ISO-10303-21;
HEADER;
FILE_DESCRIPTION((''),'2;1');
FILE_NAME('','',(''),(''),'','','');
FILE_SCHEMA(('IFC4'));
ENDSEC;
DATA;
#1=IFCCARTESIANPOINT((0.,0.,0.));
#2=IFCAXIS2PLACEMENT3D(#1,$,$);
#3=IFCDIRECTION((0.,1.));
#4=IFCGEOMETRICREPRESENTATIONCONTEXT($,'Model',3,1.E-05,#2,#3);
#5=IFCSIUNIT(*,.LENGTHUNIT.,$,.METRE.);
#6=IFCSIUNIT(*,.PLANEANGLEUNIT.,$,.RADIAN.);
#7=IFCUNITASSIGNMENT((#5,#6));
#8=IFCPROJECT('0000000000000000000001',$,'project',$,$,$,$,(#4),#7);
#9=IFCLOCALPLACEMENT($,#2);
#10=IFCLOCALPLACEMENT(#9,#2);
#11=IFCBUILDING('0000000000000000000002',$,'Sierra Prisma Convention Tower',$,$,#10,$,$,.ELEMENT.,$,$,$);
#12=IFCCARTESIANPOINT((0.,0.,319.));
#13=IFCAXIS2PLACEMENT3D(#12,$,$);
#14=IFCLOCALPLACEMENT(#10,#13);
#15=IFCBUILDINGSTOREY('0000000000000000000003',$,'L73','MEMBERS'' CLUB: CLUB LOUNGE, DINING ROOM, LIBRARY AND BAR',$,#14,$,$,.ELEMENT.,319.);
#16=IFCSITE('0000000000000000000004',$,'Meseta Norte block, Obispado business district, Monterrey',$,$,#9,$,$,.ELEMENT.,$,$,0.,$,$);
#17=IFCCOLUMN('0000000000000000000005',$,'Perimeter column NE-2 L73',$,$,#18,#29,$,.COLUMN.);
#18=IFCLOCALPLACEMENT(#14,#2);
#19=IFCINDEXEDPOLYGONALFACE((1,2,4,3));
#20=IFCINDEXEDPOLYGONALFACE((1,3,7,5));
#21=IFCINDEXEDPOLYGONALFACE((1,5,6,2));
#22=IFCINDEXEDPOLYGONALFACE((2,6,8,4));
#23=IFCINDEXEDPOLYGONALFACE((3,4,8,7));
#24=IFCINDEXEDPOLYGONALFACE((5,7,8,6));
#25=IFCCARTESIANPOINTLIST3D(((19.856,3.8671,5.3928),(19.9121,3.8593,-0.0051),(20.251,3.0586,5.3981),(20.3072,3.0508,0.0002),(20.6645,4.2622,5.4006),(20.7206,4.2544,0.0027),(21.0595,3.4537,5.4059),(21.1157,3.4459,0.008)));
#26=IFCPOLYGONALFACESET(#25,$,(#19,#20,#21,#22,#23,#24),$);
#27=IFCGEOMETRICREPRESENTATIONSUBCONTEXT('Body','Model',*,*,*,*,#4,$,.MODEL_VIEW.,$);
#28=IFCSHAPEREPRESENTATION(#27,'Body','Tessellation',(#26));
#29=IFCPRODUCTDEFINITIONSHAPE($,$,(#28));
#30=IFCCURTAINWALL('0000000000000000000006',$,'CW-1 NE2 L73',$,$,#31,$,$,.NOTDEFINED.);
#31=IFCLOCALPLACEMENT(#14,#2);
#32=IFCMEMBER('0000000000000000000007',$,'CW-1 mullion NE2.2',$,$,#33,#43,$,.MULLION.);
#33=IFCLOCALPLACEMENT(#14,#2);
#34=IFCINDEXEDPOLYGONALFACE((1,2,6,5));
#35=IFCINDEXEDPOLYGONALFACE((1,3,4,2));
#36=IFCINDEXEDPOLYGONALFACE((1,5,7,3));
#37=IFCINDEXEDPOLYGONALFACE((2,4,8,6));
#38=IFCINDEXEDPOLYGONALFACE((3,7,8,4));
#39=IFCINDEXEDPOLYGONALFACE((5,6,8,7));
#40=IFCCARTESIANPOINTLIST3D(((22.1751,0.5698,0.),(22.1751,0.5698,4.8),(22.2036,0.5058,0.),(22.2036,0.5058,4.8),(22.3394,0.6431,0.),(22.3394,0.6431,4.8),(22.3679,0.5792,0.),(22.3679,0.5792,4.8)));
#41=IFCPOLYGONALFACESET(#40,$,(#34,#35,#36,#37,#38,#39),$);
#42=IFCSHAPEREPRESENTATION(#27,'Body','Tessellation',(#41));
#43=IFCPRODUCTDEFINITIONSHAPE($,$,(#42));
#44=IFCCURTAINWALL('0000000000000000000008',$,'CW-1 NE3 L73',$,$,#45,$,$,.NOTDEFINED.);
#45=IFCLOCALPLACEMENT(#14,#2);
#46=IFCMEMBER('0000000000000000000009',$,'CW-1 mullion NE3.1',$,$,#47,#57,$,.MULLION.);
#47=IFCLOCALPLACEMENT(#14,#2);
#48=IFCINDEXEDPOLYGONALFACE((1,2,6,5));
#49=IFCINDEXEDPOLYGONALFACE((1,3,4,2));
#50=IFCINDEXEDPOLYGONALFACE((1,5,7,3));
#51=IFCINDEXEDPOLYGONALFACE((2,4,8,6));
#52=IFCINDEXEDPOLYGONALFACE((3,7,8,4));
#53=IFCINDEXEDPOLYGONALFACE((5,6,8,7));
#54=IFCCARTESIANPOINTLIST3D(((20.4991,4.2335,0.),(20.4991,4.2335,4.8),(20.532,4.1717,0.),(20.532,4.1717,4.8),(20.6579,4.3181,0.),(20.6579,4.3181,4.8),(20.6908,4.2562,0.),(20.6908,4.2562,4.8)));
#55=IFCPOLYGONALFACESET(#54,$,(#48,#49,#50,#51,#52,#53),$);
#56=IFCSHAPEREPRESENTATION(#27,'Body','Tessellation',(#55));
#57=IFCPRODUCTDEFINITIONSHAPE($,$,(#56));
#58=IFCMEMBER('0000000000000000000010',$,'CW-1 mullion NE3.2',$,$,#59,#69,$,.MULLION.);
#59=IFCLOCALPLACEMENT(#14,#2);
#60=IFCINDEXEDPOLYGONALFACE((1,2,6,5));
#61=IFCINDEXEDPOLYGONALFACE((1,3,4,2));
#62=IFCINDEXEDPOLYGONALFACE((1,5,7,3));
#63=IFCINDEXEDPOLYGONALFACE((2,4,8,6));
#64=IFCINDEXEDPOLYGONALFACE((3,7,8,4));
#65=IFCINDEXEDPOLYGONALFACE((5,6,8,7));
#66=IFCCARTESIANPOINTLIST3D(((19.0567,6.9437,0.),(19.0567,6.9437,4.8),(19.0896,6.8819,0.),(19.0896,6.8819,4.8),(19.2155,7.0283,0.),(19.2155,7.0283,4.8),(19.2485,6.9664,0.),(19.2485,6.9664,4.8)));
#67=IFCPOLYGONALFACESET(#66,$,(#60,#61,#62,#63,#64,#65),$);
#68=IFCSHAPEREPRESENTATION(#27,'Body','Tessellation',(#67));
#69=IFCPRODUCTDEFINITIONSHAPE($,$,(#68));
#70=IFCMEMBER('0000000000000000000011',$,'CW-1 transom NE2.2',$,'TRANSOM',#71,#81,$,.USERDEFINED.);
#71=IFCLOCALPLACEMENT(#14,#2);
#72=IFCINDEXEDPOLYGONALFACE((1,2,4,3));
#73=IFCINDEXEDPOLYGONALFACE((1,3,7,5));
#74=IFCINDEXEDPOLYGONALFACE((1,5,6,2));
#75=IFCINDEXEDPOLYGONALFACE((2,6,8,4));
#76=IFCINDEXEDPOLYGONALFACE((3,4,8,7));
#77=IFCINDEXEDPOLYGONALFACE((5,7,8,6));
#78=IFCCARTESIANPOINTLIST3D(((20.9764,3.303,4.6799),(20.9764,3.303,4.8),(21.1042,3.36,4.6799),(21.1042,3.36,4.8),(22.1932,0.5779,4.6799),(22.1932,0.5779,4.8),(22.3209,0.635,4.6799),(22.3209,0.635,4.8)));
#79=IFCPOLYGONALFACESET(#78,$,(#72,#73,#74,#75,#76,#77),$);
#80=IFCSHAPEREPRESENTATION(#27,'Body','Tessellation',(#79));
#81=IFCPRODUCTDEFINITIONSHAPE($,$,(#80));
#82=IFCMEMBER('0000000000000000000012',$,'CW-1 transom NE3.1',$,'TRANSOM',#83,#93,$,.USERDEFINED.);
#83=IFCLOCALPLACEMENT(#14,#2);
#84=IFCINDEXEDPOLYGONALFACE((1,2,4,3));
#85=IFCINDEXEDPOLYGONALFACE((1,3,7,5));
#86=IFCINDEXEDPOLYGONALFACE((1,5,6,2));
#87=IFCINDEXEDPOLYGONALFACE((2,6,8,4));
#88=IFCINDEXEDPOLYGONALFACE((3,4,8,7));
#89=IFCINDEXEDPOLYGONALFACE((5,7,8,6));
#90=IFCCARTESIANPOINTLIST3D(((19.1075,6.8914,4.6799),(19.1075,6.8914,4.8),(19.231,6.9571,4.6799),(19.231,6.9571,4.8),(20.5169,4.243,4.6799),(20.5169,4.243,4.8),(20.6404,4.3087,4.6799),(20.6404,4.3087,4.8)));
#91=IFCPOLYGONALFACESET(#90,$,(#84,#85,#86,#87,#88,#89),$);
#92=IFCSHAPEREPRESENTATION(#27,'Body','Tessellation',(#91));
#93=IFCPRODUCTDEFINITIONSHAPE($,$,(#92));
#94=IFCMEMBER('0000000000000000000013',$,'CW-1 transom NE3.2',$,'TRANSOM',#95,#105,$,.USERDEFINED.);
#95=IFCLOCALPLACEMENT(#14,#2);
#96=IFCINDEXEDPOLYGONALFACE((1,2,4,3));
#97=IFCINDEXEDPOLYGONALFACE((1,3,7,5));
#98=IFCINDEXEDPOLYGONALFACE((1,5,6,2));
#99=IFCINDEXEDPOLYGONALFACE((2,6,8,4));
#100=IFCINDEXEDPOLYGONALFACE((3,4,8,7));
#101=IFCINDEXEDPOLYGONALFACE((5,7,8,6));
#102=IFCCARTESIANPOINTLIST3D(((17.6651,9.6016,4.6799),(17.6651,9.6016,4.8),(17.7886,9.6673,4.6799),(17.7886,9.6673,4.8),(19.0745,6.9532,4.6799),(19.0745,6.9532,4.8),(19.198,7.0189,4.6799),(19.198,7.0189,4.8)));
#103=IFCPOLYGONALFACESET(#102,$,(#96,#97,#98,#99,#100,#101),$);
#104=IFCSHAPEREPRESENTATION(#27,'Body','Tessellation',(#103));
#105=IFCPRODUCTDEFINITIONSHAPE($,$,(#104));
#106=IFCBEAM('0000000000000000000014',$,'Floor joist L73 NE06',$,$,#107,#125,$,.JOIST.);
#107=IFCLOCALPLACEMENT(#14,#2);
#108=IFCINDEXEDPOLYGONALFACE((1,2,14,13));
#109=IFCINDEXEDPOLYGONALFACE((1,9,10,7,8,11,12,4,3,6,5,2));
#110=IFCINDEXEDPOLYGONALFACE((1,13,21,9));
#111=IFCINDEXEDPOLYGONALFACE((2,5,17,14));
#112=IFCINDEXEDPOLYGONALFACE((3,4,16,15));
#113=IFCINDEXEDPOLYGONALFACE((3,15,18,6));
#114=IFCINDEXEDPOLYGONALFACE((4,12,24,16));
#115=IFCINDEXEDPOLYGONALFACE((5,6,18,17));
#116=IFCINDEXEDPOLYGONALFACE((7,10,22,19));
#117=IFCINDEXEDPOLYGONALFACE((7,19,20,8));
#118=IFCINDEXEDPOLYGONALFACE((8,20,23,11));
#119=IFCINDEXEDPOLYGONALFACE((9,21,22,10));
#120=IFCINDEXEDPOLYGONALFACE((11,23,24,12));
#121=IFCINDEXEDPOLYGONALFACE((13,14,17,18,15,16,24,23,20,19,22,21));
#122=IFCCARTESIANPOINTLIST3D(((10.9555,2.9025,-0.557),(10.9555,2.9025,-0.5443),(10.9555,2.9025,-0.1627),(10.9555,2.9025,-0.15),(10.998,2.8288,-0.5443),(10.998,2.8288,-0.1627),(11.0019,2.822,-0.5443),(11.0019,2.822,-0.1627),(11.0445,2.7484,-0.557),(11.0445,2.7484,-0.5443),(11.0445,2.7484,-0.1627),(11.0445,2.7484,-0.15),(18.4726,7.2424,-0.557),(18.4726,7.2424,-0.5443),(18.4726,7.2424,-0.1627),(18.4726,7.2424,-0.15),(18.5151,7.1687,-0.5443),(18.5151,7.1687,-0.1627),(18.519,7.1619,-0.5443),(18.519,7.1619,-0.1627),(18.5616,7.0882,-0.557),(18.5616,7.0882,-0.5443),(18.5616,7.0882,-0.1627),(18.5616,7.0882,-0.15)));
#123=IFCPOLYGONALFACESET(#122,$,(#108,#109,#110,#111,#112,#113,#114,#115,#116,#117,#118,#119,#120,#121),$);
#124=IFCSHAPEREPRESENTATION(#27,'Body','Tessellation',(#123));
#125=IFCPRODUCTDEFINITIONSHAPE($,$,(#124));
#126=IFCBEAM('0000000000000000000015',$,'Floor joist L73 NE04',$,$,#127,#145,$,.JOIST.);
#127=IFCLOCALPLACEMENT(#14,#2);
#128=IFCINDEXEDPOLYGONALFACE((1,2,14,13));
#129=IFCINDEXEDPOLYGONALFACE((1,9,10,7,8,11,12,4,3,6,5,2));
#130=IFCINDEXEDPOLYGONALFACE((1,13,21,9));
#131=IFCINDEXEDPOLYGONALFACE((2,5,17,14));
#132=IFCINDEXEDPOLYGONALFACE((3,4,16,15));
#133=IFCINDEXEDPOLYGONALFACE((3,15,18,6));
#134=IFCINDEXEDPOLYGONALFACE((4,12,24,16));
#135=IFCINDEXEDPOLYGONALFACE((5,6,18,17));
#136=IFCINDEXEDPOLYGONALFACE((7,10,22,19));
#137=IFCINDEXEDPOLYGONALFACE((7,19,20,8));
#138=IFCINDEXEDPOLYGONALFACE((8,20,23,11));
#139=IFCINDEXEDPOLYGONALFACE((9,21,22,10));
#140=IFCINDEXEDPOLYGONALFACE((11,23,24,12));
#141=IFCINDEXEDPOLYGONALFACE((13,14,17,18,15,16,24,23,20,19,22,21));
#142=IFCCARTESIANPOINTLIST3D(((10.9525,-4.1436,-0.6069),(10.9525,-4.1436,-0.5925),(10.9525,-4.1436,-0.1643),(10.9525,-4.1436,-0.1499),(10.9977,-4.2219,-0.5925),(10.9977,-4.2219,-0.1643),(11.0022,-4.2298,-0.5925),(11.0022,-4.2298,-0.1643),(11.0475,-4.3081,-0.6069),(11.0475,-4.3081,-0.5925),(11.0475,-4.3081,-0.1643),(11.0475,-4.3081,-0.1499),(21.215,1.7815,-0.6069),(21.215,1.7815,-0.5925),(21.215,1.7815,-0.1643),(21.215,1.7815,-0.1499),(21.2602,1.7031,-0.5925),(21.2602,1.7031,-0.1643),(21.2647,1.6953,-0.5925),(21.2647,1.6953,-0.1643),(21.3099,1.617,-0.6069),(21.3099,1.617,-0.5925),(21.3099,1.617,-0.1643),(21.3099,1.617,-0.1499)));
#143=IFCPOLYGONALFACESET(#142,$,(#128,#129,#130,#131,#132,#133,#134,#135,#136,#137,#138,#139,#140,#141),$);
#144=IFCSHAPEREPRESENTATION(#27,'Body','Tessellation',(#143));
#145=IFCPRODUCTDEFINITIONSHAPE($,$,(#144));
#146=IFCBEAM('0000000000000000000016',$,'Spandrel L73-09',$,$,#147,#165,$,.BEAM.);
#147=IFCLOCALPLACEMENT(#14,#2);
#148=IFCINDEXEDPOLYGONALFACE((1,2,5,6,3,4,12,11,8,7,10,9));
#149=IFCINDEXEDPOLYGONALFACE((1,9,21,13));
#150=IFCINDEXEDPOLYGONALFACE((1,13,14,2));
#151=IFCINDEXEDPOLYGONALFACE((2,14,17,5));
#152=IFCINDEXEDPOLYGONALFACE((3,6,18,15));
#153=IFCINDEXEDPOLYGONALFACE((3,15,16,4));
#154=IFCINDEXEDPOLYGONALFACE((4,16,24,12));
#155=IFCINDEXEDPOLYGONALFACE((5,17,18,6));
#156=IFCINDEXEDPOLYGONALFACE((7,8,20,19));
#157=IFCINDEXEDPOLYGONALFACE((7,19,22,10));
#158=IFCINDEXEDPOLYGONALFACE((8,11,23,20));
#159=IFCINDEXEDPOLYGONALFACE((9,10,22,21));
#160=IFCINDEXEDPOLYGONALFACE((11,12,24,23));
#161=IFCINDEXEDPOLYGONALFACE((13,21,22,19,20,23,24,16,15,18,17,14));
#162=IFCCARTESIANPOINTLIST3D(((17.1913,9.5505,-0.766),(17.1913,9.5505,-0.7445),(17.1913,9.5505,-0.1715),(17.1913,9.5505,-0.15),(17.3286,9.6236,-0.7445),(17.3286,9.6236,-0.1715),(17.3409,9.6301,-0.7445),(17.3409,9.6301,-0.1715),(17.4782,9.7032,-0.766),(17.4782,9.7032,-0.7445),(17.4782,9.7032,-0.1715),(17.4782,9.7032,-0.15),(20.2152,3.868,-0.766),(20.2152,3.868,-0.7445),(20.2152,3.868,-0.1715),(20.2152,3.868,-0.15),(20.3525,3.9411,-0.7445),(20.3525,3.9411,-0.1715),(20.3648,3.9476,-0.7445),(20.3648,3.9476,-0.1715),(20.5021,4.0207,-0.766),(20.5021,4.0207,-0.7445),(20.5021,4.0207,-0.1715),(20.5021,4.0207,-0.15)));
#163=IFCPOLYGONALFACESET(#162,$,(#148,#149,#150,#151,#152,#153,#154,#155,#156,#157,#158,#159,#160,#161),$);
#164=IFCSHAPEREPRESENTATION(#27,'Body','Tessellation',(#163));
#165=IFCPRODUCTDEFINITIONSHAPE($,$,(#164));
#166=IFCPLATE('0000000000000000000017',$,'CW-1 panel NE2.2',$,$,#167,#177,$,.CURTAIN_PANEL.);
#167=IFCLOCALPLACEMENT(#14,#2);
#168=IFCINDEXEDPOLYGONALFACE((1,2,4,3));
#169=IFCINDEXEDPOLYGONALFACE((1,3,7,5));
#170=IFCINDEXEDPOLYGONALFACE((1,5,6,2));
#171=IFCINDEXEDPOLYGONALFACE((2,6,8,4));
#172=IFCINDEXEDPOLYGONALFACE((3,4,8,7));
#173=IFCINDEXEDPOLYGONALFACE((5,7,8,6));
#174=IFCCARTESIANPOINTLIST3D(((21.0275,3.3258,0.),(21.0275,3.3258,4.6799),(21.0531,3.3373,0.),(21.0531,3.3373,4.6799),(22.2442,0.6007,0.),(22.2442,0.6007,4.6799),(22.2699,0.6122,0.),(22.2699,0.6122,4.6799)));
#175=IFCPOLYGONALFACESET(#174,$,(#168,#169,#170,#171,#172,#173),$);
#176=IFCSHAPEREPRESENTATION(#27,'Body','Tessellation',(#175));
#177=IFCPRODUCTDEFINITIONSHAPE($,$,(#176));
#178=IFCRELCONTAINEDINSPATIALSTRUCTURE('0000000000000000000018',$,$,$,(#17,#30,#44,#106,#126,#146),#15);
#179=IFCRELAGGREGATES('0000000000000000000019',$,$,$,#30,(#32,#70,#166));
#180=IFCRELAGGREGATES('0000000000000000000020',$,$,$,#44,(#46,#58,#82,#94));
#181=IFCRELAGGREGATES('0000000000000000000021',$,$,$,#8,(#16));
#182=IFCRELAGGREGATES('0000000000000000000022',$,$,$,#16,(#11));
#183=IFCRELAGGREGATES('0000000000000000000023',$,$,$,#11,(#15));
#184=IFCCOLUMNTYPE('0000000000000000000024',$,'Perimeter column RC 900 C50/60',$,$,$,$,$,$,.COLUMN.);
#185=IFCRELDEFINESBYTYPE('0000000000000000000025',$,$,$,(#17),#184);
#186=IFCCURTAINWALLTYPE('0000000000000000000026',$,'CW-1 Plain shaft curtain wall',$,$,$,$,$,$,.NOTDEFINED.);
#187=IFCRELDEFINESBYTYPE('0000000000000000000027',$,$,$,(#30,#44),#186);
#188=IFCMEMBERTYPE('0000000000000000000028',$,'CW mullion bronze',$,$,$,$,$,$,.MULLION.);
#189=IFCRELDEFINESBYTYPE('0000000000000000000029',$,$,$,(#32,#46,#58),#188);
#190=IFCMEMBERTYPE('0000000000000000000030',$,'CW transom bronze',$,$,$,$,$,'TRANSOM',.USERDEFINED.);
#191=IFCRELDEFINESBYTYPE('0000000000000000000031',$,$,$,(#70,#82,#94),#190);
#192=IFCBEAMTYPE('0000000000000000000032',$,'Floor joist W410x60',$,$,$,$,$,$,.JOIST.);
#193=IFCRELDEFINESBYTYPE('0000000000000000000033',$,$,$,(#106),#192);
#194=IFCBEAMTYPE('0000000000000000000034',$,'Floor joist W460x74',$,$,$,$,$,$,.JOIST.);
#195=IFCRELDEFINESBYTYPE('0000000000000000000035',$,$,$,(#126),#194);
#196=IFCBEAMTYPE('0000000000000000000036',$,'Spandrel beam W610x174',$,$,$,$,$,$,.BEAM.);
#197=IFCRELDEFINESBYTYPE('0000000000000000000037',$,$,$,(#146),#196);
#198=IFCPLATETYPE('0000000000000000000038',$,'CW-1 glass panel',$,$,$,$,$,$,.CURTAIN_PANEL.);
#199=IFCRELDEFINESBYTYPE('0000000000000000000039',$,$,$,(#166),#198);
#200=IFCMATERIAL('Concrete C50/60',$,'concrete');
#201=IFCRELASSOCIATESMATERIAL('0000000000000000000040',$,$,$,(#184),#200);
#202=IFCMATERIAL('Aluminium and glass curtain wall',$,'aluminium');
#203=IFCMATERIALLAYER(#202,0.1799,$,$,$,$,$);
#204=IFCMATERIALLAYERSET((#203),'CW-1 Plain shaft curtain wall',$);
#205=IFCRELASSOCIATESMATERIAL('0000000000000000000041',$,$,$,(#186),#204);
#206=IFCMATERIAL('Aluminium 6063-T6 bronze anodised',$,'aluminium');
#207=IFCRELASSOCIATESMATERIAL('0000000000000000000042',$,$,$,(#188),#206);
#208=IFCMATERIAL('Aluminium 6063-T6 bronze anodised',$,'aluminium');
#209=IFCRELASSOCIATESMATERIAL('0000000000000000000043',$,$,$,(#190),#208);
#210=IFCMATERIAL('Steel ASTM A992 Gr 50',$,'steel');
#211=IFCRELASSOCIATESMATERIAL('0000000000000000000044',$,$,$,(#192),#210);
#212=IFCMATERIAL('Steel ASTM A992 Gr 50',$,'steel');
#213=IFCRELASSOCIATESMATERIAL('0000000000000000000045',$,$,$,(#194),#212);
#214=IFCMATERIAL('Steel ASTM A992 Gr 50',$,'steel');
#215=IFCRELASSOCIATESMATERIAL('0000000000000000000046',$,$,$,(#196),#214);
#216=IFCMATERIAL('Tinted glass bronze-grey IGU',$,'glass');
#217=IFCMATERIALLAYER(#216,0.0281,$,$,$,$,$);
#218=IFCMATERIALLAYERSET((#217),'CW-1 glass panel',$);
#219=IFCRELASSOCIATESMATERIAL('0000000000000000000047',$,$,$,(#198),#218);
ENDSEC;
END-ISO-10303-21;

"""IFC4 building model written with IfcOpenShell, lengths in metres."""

from ifc_helpers import new_model, si_unit, direction, frame, origin, origin_2d, place, context, subcontext, project, spatial, rectangle, i_section, extrude, clip, halfspace, material, layer, layer_set, material_profile, profile_set, type_object, element, aggregate, save


model = new_model("IFC4")

# Units and contexts
model_context = context("Model", 3, precision=1e-05, world=origin(), true_north=direction((0.0, 1.0)))
body_context = subcontext(model_context, "Body", "Model", "MODEL_VIEW")
ifc_project = project(units=[si_unit("LENGTHUNIT", "METRE"), si_unit("PLANEANGLEUNIT", "RADIAN")], contexts=[model_context])

# Site, building, storey
site_placement = place(None, origin())
site = spatial("IfcSite", under=ifc_project, at=site_placement, Name="Meseta Norte block, Obispado business district, Monterrey", CompositionType="ELEMENT", RefElevation=0.0)
building_placement = place(site_placement, origin())
building = spatial("IfcBuilding", under=site, at=building_placement, Name="Sierra Prisma Convention Tower", CompositionType="ELEMENT")
storey_placement = place(building_placement, frame((0.0, 0.0, 319.0)))
storey = spatial("IfcBuildingStorey", under=building, at=storey_placement, Name="L73", Description="MEMBERS' CLUB: CLUB LOUNGE, DINING ROOM, LIBRARY AND BAR", CompositionType="ELEMENT", Elevation=319.0)

# Column
ifc_material_1 = material(Name="Concrete C50/60", Category="concrete")
ifc_material_profile_1 = material_profile(ifc_material_1, rectangle(XDim=0.8999, YDim=0.8999, at=origin_2d()), Name="Perimeter column RC 900 C50/60")
ifc_profile_set_1 = profile_set([ifc_material_profile_1], Name="Concrete C50/60")
column_type = type_object("IfcColumnType", Name="Perimeter column RC 900 C50/60", PredefinedType="COLUMN", material=ifc_profile_set_1)
column_placement = place(storey_placement, frame((20.5139, 3.6526, 0.0), z_axis=(-0.010398, 0.001447, 0.999945), x_axis=(-0.438975, 0.89848, -0.005865)))
element("IfcColumn", 1, at=column_placement, inside=storey, type_object=column_type, Name="Perimeter column NE-2 L73", PredefinedType="COLUMN", context=body_context, shape_type="SweptSolid", body=[
    clip(clip(extrude(rectangle(XDim=0.8999, YDim=0.8999, at=origin_2d()), origin(), (0.0, 0.0, 1.0), 5.4001), halfspace(frame((0.0, 0.0, 0.0015)), True)), halfspace(frame((0.0, 0.0, 5.3997)), False)),
])

# Curtain wall, member
ifc_material_2 = material(Name="Aluminium and glass curtain wall", Category="aluminium")
ifc_layer_1 = layer(ifc_material_2, 0.1799)
ifc_layer_set_1 = layer_set([ifc_layer_1], Name="CW-1 Plain shaft curtain wall")
curtain_wall_type = type_object("IfcCurtainWallType", Name="CW-1 Plain shaft curtain wall", PredefinedType="NOTDEFINED", material=ifc_layer_set_1)
curtain_wall_1_placement = place(storey_placement, origin())
curtain_wall_1 = element("IfcCurtainWall", 2, at=curtain_wall_1_placement, inside=storey, type_object=curtain_wall_type, Name="CW-1 NE2 L73", PredefinedType="NOTDEFINED")
ifc_material_3 = material(Name="Aluminium 6063-T6 bronze anodised", Category="aluminium")
ifc_material_profile_2 = material_profile(ifc_material_3, rectangle(XDim=0.1799, YDim=0.0701, at=origin_2d()), Name="ALU MULLION 70x180")
ifc_profile_set_2 = profile_set([ifc_material_profile_2], Name="Aluminium 6063-T6 bronze anodised")
member_type_1 = type_object("IfcMemberType", Name="CW mullion bronze", PredefinedType="MULLION", material=ifc_profile_set_2)
member_1_placement = place(storey_placement, frame((22.2715, 0.5745, 0.0), z_axis=(0.0, 0.0, 1.0), x_axis=(-0.913119, -0.407693, 0.0)))
member_1 = element("IfcMember", 3, at=member_1_placement, type_object=member_type_1, Name="CW-1 mullion NE2.2", PredefinedType="MULLION", context=body_context, shape_type="SweptSolid", body=[
    extrude(rectangle(XDim=0.1799, YDim=0.0701, at=origin_2d()), origin(), (0.0, 0.0, 1.0), 4.8),
])

# Curtain wall, members
curtain_wall_2_placement = place(storey_placement, origin())
curtain_wall_2 = element("IfcCurtainWall", 4, at=curtain_wall_2_placement, inside=storey, type_object=curtain_wall_type, Name="CW-1 NE3 L73", PredefinedType="NOTDEFINED")
member_2_placement = place(storey_placement, frame((20.595, 4.2449, 0.0), z_axis=(0.0, 0.0, 1.0), x_axis=(-0.882784, -0.46978, 0.0)))
member_2 = element("IfcMember", 5, at=member_2_placement, type_object=member_type_1, Name="CW-1 mullion NE3.1", PredefinedType="MULLION", context=body_context, shape_type="SweptSolid", body=[
    extrude(rectangle(XDim=0.1799, YDim=0.0701, at=origin_2d()), origin(), (0.0, 0.0, 1.0), 4.8),
])
member_3_placement = place(storey_placement, frame((19.1526, 6.9551, 0.0), z_axis=(0.0, 0.0, 1.0), x_axis=(-0.882784, -0.46978, 0.0)))
member_3 = element("IfcMember", 6, at=member_3_placement, type_object=member_type_1, Name="CW-1 mullion NE3.2", PredefinedType="MULLION", context=body_context, shape_type="SweptSolid", body=[
    extrude(rectangle(XDim=0.1799, YDim=0.0701, at=origin_2d()), origin(), (0.0, 0.0, 1.0), 4.8),
])

# Members
ifc_material_4 = material(Name="Aluminium 6063-T6 bronze anodised", Category="aluminium")
ifc_material_profile_3 = material_profile(ifc_material_4, rectangle(XDim=0.1399, YDim=0.1201, at=origin_2d()), Name="ALU TRANSOM 120x140")
ifc_profile_set_3 = profile_set([ifc_material_profile_3], Name="Aluminium 6063-T6 bronze anodised")
member_type_2 = type_object("IfcMemberType", Name="CW transom bronze", ElementType="TRANSOM", PredefinedType="USERDEFINED", material=ifc_profile_set_3)
member_4_placement = place(storey_placement, frame((22.2571, 0.6064, 4.74), z_axis=(-0.407717, 0.913109, 0.0), x_axis=(-0.913109, -0.407717, 0.0)))
member_4 = element("IfcMember", 7, at=member_4_placement, type_object=member_type_2, Name="CW-1 transom NE2.2", ObjectType="TRANSOM", PredefinedType="USERDEFINED", context=body_context, shape_type="SweptSolid", body=[
    extrude(rectangle(XDim=0.1399, YDim=0.1201, at=origin_2d()), origin(), (0.0, 0.0, 1.0), 2.9844),
])
member_5_placement = place(storey_placement, frame((20.5786, 4.2759, 4.74), z_axis=(-0.46979, 0.882778, 0.0), x_axis=(-0.882778, -0.46979, 0.0)))
member_5 = element("IfcMember", 8, at=member_5_placement, type_object=member_type_2, Name="CW-1 transom NE3.1", ObjectType="TRANSOM", PredefinedType="USERDEFINED", context=body_context, shape_type="SweptSolid", body=[
    extrude(rectangle(XDim=0.1399, YDim=0.1201, at=origin_2d()), origin(), (0.0, 0.0, 1.0), 3.0),
])
member_6_placement = place(storey_placement, frame((19.1362, 6.9861, 4.74), z_axis=(-0.46979, 0.882778, 0.0), x_axis=(-0.882778, -0.46979, 0.0)))
member_6 = element("IfcMember", 9, at=member_6_placement, type_object=member_type_2, Name="CW-1 transom NE3.2", ObjectType="TRANSOM", PredefinedType="USERDEFINED", context=body_context, shape_type="SweptSolid", body=[
    extrude(rectangle(XDim=0.1399, YDim=0.1201, at=origin_2d()), origin(), (0.0, 0.0, 1.0), 3.0),
])

# Beams
ifc_material_5 = material(Name="Steel ASTM A992 Gr 50", Category="steel")
ifc_material_profile_4 = material_profile(ifc_material_5, i_section(OverallWidth=0.178, OverallDepth=0.407, WebThickness=0.0078, FlangeThickness=0.0127, at=origin_2d()), Name="W410x60")
ifc_profile_set_4 = profile_set([ifc_material_profile_4], Name="Steel ASTM A992 Gr 50")
beam_type_1 = type_object("IfcBeamType", Name="Floor joist W410x60", PredefinedType="JOIST", material=ifc_profile_set_4)
beam_1_placement = place(storey_placement, frame((18.5171, 7.1653, -0.3535), z_axis=(-0.866033, -0.499987, 0.0), x_axis=(0.499987, -0.866033, 0.0)))
element("IfcBeam", 10, at=beam_1_placement, inside=storey, type_object=beam_type_1, Name="Floor joist L73 NE06", PredefinedType="JOIST", context=body_context, shape_type="SweptSolid", body=[
    extrude(i_section(OverallWidth=0.178, OverallDepth=0.407, WebThickness=0.0078, FlangeThickness=0.0127, at=origin_2d()), origin(), (0.0, 0.0, 1.0), 8.6799),
])
ifc_material_6 = material(Name="Steel ASTM A992 Gr 50", Category="steel")
ifc_material_profile_5 = material_profile(ifc_material_6, i_section(OverallWidth=0.1899, OverallDepth=0.457, WebThickness=0.009, FlangeThickness=0.0144, at=origin_2d()), Name="W460x74")
ifc_profile_set_5 = profile_set([ifc_material_profile_5], Name="Steel ASTM A992 Gr 50")
beam_type_2 = type_object("IfcBeamType", Name="Floor joist W460x74", PredefinedType="JOIST", material=ifc_profile_set_5)
beam_2_placement = place(storey_placement, frame((21.2625, 1.6992, -0.3784), z_axis=(-0.866025, -0.500001, 0.0), x_axis=(0.500001, -0.866025, 0.0)))
element("IfcBeam", 11, at=beam_2_placement, inside=storey, type_object=beam_type_2, Name="Floor joist L73 NE04", PredefinedType="JOIST", context=body_context, shape_type="SweptSolid", body=[
    extrude(i_section(OverallWidth=0.1899, OverallDepth=0.457, WebThickness=0.009, FlangeThickness=0.0144, at=origin_2d()), origin(), (0.0, 0.0, 1.0), 11.8501),
])
ifc_material_7 = material(Name="Steel ASTM A992 Gr 50", Category="steel")
ifc_material_profile_6 = material_profile(ifc_material_7, i_section(OverallWidth=0.325, OverallDepth=0.616, WebThickness=0.0139, FlangeThickness=0.0215, at=origin_2d()), Name="W610x174")
ifc_profile_set_6 = profile_set([ifc_material_profile_6], Name="Steel ASTM A992 Gr 50")
beam_type_3 = type_object("IfcBeamType", Name="Spandrel beam W610x174", PredefinedType="BEAM", material=ifc_profile_set_6)
beam_3_placement = place(storey_placement, frame((20.3586, 3.9443, -0.458), z_axis=(-0.469765, 0.882791, 0.0), x_axis=(-0.882791, -0.469765, 0.0)))
element("IfcBeam", 12, at=beam_3_placement, inside=storey, type_object=beam_type_3, Name="Spandrel L73-09", PredefinedType="BEAM", context=body_context, shape_type="SweptSolid", body=[
    extrude(i_section(OverallWidth=0.325, OverallDepth=0.616, WebThickness=0.0139, FlangeThickness=0.0215, at=origin_2d()), origin(), (0.0, 0.0, 1.0), 6.437),
])

# Plate
ifc_material_8 = material(Name="Tinted glass bronze-grey IGU", Category="glass")
ifc_layer_2 = layer(ifc_material_8, 0.0281)
ifc_layer_set_2 = layer_set([ifc_layer_2], Name="CW-1 glass panel")
plate_type = type_object("IfcPlateType", Name="CW-1 glass panel", PredefinedType="CURTAIN_PANEL", material=ifc_layer_set_2)
plate_1_placement = place(storey_placement, frame((21.6487, 1.969, 0.0), z_axis=(0.0, 0.0, 1.0), x_axis=(-0.407693, 0.913119, 0.0)))
plate_1 = element("IfcPlate", 13, at=plate_1_placement, type_object=plate_type, Name="CW-1 panel NE2.2", PredefinedType="CURTAIN_PANEL", context=body_context, shape_type="SweptSolid", body=[
    extrude(rectangle(XDim=2.9844, YDim=0.0281, at=origin_2d()), origin(), (0.0, 0.0, 1.0), 4.6799),
])
aggregate(curtain_wall_1, [member_1, member_4, plate_1])
aggregate(curtain_wall_2, [member_2, member_3, member_5, member_6])

save(model, "model.ifc")
